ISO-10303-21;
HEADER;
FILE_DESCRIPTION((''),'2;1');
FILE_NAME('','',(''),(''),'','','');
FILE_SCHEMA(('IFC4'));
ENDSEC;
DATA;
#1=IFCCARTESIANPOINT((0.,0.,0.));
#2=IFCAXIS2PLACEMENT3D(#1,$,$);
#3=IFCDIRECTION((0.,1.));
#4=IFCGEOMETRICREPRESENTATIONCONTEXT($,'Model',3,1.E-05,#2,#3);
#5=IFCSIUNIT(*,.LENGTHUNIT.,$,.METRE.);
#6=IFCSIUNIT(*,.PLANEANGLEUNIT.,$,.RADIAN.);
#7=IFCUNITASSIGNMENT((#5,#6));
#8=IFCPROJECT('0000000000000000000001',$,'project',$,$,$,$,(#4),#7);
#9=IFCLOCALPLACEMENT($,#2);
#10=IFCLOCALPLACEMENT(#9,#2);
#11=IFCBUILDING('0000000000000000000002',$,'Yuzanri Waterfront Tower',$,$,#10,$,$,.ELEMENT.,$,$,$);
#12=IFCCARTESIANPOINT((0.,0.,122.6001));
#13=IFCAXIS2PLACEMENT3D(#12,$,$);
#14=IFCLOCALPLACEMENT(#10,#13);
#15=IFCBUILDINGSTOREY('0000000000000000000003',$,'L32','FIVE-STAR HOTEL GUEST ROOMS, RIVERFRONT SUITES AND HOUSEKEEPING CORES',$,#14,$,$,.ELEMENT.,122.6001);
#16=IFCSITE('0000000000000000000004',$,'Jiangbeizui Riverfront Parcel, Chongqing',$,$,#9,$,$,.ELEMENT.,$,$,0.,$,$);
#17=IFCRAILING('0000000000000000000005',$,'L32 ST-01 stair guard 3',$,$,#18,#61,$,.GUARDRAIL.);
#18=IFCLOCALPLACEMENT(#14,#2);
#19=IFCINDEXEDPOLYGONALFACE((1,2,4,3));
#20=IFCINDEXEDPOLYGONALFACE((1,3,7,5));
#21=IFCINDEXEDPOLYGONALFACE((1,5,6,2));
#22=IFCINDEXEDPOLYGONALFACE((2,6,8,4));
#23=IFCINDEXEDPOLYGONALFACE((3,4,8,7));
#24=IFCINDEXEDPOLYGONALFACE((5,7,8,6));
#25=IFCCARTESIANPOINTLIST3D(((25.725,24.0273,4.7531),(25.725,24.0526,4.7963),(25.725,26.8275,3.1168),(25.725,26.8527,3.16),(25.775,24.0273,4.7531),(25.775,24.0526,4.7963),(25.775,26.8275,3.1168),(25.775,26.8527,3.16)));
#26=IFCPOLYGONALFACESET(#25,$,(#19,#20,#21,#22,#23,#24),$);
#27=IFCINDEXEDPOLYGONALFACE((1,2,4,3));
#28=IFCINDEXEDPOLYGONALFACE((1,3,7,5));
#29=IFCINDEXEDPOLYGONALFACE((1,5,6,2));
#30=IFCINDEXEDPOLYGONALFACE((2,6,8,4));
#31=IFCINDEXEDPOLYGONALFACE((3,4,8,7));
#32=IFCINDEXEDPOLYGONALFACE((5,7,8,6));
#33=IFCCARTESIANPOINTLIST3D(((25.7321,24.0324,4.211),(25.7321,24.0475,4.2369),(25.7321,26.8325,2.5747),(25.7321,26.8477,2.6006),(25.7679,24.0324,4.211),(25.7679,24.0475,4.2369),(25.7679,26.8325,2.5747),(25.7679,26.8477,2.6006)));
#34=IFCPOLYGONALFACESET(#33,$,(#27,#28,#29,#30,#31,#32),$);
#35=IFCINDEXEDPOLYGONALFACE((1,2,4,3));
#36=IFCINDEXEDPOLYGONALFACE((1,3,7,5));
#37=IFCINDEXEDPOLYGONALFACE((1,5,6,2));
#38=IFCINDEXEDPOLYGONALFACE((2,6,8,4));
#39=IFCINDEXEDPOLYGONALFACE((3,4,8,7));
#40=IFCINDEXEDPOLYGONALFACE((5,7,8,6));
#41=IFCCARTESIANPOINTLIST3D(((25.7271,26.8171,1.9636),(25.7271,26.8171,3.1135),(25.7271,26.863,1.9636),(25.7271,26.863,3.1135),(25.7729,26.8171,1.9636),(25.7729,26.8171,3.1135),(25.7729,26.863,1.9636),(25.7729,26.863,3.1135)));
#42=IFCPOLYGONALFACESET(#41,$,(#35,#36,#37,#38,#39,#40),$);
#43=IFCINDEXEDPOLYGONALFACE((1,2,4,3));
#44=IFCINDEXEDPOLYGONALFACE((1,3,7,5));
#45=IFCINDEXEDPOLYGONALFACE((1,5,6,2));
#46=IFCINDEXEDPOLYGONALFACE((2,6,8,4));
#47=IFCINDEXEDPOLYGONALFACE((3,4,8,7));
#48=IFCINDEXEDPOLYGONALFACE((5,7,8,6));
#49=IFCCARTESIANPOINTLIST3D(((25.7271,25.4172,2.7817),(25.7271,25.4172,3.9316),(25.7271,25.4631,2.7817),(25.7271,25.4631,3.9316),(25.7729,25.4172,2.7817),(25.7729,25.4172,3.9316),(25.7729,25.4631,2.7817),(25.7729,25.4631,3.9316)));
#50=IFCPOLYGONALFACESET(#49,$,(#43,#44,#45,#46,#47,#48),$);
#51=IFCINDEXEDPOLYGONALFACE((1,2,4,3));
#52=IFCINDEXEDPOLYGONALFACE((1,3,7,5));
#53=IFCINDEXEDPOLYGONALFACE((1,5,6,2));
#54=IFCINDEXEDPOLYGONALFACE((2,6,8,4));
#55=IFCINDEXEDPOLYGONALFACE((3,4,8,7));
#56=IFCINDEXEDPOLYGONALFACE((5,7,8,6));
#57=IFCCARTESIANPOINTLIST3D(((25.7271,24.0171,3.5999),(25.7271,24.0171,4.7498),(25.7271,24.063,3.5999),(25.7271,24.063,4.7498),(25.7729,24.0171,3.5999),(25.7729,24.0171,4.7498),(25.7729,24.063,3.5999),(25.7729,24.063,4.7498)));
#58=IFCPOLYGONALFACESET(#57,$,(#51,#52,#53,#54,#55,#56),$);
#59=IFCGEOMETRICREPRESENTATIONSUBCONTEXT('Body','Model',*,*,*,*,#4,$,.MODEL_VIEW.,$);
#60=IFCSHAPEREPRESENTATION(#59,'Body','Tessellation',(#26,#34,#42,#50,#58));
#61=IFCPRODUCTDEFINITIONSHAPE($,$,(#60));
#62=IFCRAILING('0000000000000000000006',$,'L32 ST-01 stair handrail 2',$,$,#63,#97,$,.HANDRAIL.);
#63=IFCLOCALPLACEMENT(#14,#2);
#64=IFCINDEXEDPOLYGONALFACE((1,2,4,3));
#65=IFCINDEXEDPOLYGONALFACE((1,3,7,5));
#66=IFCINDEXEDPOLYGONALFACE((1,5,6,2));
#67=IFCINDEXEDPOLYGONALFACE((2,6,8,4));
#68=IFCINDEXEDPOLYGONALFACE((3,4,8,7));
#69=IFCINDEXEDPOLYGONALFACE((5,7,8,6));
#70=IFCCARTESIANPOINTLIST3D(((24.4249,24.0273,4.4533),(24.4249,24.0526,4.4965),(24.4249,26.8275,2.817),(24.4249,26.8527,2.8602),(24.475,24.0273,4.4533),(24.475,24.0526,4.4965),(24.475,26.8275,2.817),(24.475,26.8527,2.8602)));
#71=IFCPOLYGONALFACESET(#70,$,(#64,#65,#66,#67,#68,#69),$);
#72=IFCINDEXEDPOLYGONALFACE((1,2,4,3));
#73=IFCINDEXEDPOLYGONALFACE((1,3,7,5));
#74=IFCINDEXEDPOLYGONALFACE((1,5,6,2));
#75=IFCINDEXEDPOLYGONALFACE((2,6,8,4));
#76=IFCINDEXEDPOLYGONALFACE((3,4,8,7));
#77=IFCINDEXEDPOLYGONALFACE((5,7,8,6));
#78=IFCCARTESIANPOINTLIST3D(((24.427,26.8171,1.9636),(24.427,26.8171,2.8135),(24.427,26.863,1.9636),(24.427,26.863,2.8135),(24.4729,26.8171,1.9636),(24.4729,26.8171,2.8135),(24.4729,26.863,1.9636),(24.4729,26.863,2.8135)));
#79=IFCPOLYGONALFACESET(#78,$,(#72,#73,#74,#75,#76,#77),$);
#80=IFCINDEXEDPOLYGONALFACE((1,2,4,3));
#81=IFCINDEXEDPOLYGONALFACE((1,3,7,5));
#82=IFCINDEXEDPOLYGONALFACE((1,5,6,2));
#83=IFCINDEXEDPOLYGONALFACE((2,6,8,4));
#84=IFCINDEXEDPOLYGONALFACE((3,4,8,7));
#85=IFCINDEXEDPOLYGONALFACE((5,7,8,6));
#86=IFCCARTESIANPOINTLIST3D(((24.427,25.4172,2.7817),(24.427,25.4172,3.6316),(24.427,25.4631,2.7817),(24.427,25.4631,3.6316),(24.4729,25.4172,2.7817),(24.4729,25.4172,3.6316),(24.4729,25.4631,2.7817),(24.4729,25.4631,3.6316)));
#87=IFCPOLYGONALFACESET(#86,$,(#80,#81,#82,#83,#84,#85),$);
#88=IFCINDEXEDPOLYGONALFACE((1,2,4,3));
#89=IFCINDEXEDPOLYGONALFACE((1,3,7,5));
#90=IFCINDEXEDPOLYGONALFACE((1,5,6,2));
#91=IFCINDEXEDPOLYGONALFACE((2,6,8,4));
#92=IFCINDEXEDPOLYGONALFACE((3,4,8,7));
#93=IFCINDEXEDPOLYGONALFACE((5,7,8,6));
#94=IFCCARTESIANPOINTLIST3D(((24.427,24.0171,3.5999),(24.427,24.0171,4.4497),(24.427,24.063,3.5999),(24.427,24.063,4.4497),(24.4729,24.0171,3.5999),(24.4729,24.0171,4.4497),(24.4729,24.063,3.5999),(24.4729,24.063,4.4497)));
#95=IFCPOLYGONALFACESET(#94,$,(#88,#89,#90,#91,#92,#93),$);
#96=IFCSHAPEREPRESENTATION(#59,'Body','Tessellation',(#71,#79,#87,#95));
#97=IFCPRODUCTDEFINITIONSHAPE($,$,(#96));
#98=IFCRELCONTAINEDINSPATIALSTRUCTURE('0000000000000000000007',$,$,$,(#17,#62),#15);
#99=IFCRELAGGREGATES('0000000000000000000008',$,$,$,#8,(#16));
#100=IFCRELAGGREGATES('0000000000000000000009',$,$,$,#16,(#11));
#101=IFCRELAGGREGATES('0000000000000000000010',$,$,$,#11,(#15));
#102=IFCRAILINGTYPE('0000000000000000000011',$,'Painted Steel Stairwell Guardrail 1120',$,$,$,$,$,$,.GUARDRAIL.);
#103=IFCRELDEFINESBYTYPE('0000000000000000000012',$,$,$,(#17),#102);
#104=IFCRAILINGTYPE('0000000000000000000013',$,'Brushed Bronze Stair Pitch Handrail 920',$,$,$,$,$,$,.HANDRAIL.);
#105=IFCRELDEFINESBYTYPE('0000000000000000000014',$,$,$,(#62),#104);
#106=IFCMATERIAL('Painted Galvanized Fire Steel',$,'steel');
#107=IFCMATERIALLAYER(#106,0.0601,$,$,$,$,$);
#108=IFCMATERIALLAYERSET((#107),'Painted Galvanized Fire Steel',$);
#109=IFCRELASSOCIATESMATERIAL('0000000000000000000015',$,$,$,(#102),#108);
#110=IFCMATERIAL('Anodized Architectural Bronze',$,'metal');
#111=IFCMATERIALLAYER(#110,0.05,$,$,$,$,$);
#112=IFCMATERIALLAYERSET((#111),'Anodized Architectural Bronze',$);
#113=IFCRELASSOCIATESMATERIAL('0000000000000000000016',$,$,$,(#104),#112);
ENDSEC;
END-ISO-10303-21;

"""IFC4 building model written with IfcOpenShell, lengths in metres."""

from ifc_helpers import new_model, si_unit, direction, frame, origin, origin_2d, place, context, subcontext, project, spatial, rectangle, extrude, source, transform, mapped, material, layer, layer_set, type_object, element, save


model = new_model("IFC4")

# Units and contexts
model_context = context("Model", 3, precision=1e-05, world=origin(), true_north=direction((0.0, 1.0)))
body_context = subcontext(model_context, "Body", "Model", "MODEL_VIEW")
ifc_project = project(units=[si_unit("LENGTHUNIT", "METRE"), si_unit("PLANEANGLEUNIT", "RADIAN")], contexts=[model_context])

# Site, building, storey
site_placement = place(None, origin())
site = spatial("IfcSite", under=ifc_project, at=site_placement, Name="Jiangbeizui Riverfront Parcel, Chongqing", CompositionType="ELEMENT", RefElevation=0.0)
building_placement = place(site_placement, origin())
building = spatial("IfcBuilding", under=site, at=building_placement, Name="Yuzanri Waterfront Tower", CompositionType="ELEMENT")
storey_placement = place(building_placement, frame((0.0, 0.0, 122.6001)))
storey = spatial("IfcBuildingStorey", under=building, at=storey_placement, Name="L32", Description="FIVE-STAR HOTEL GUEST ROOMS, RIVERFRONT SUITES AND HOUSEKEEPING CORES", CompositionType="ELEMENT", Elevation=122.6001)

# Railings
ifc_material_1 = material(Name="Painted Galvanized Fire Steel", Category="steel")
ifc_layer_1 = layer(ifc_material_1, 0.0601)
ifc_layer_set_1 = layer_set([ifc_layer_1], Name="Painted Galvanized Fire Steel")
railing_type_1 = type_object("IfcRailingType", Name="Painted Steel Stairwell Guardrail 1120", PredefinedType="GUARDRAIL", material=ifc_layer_set_1)
shared_shape_1 = source(origin(), body_context, "Body", "SweptSolid", [
    extrude(rectangle(XDim=0.05, YDim=0.05, at=origin_2d()), frame((0.0, 0.0, 1.1748), z_axis=(0.0, -0.863394, 0.504531), x_axis=(1.0, 0.0, 0.0)), (0.0, 0.0, 1.0), 3.2432),
    extrude(rectangle(XDim=0.0359, YDim=0.03, at=origin_2d()), frame((0.0, 0.0, 0.624), z_axis=(0.0, -0.863394, 0.504531), x_axis=(1.0, 0.0, 0.0)), (0.0, 0.0, 1.0), 3.2432),
    extrude(rectangle(XDim=0.0459, YDim=0.0459, at=origin_2d()), origin(), (0.0, 0.0, 1.0), 1.1499),
    extrude(rectangle(XDim=0.0459, YDim=0.0459, at=origin_2d()), frame((0.0, -1.3999, 0.8181)), (0.0, 0.0, 1.0), 1.1499),
    extrude(rectangle(XDim=0.0459, YDim=0.0459, at=origin_2d()), frame((0.0, -2.8, 1.6362)), (0.0, 0.0, 1.0), 1.1499),
])
railing_1_placement = place(storey_placement, frame((25.75, 26.8401, 1.9636)))
element("IfcRailing", 1, at=railing_1_placement, inside=storey, type_object=railing_type_1, Name="L32 ST-01 stair guard 3", PredefinedType="GUARDRAIL", context=body_context, shape_type="MappedRepresentation", body=[
    mapped(shared_shape_1, transform((0.0, 0.0, 0.0), scale=1.0)),
])
ifc_material_2 = material(Name="Anodized Architectural Bronze", Category="metal")
ifc_layer_2 = layer(ifc_material_2, 0.05)
ifc_layer_set_2 = layer_set([ifc_layer_2], Name="Anodized Architectural Bronze")
railing_type_2 = type_object("IfcRailingType", Name="Brushed Bronze Stair Pitch Handrail 920", PredefinedType="HANDRAIL", material=ifc_layer_set_2)
shared_shape_2 = source(origin(), body_context, "Body", "SweptSolid", [
    extrude(rectangle(XDim=0.05, YDim=0.05, at=origin_2d()), frame((0.0, 0.0, 0.875), z_axis=(0.0, -0.863394, 0.504531), x_axis=(1.0, 0.0, 0.0)), (0.0, 0.0, 1.0), 3.2432),
    extrude(rectangle(XDim=0.0459, YDim=0.0459, at=origin_2d()), origin(), (0.0, 0.0, 1.0), 0.8499),
    extrude(rectangle(XDim=0.0459, YDim=0.0459, at=origin_2d()), frame((0.0, -1.3999, 0.8181)), (0.0, 0.0, 1.0), 0.8499),
    extrude(rectangle(XDim=0.0459, YDim=0.0459, at=origin_2d()), frame((0.0, -2.8, 1.6362)), (0.0, 0.0, 1.0), 0.8499),
])
railing_2_placement = place(storey_placement, frame((24.45, 26.8401, 1.9636)))
element("IfcRailing", 2, at=railing_2_placement, inside=storey, type_object=railing_type_2, Name="L32 ST-01 stair handrail 2", PredefinedType="HANDRAIL", context=body_context, shape_type="MappedRepresentation", body=[
    mapped(shared_shape_2, transform((0.0, 0.0, 0.0), scale=1.0)),
])

save(model, "model.ifc")
